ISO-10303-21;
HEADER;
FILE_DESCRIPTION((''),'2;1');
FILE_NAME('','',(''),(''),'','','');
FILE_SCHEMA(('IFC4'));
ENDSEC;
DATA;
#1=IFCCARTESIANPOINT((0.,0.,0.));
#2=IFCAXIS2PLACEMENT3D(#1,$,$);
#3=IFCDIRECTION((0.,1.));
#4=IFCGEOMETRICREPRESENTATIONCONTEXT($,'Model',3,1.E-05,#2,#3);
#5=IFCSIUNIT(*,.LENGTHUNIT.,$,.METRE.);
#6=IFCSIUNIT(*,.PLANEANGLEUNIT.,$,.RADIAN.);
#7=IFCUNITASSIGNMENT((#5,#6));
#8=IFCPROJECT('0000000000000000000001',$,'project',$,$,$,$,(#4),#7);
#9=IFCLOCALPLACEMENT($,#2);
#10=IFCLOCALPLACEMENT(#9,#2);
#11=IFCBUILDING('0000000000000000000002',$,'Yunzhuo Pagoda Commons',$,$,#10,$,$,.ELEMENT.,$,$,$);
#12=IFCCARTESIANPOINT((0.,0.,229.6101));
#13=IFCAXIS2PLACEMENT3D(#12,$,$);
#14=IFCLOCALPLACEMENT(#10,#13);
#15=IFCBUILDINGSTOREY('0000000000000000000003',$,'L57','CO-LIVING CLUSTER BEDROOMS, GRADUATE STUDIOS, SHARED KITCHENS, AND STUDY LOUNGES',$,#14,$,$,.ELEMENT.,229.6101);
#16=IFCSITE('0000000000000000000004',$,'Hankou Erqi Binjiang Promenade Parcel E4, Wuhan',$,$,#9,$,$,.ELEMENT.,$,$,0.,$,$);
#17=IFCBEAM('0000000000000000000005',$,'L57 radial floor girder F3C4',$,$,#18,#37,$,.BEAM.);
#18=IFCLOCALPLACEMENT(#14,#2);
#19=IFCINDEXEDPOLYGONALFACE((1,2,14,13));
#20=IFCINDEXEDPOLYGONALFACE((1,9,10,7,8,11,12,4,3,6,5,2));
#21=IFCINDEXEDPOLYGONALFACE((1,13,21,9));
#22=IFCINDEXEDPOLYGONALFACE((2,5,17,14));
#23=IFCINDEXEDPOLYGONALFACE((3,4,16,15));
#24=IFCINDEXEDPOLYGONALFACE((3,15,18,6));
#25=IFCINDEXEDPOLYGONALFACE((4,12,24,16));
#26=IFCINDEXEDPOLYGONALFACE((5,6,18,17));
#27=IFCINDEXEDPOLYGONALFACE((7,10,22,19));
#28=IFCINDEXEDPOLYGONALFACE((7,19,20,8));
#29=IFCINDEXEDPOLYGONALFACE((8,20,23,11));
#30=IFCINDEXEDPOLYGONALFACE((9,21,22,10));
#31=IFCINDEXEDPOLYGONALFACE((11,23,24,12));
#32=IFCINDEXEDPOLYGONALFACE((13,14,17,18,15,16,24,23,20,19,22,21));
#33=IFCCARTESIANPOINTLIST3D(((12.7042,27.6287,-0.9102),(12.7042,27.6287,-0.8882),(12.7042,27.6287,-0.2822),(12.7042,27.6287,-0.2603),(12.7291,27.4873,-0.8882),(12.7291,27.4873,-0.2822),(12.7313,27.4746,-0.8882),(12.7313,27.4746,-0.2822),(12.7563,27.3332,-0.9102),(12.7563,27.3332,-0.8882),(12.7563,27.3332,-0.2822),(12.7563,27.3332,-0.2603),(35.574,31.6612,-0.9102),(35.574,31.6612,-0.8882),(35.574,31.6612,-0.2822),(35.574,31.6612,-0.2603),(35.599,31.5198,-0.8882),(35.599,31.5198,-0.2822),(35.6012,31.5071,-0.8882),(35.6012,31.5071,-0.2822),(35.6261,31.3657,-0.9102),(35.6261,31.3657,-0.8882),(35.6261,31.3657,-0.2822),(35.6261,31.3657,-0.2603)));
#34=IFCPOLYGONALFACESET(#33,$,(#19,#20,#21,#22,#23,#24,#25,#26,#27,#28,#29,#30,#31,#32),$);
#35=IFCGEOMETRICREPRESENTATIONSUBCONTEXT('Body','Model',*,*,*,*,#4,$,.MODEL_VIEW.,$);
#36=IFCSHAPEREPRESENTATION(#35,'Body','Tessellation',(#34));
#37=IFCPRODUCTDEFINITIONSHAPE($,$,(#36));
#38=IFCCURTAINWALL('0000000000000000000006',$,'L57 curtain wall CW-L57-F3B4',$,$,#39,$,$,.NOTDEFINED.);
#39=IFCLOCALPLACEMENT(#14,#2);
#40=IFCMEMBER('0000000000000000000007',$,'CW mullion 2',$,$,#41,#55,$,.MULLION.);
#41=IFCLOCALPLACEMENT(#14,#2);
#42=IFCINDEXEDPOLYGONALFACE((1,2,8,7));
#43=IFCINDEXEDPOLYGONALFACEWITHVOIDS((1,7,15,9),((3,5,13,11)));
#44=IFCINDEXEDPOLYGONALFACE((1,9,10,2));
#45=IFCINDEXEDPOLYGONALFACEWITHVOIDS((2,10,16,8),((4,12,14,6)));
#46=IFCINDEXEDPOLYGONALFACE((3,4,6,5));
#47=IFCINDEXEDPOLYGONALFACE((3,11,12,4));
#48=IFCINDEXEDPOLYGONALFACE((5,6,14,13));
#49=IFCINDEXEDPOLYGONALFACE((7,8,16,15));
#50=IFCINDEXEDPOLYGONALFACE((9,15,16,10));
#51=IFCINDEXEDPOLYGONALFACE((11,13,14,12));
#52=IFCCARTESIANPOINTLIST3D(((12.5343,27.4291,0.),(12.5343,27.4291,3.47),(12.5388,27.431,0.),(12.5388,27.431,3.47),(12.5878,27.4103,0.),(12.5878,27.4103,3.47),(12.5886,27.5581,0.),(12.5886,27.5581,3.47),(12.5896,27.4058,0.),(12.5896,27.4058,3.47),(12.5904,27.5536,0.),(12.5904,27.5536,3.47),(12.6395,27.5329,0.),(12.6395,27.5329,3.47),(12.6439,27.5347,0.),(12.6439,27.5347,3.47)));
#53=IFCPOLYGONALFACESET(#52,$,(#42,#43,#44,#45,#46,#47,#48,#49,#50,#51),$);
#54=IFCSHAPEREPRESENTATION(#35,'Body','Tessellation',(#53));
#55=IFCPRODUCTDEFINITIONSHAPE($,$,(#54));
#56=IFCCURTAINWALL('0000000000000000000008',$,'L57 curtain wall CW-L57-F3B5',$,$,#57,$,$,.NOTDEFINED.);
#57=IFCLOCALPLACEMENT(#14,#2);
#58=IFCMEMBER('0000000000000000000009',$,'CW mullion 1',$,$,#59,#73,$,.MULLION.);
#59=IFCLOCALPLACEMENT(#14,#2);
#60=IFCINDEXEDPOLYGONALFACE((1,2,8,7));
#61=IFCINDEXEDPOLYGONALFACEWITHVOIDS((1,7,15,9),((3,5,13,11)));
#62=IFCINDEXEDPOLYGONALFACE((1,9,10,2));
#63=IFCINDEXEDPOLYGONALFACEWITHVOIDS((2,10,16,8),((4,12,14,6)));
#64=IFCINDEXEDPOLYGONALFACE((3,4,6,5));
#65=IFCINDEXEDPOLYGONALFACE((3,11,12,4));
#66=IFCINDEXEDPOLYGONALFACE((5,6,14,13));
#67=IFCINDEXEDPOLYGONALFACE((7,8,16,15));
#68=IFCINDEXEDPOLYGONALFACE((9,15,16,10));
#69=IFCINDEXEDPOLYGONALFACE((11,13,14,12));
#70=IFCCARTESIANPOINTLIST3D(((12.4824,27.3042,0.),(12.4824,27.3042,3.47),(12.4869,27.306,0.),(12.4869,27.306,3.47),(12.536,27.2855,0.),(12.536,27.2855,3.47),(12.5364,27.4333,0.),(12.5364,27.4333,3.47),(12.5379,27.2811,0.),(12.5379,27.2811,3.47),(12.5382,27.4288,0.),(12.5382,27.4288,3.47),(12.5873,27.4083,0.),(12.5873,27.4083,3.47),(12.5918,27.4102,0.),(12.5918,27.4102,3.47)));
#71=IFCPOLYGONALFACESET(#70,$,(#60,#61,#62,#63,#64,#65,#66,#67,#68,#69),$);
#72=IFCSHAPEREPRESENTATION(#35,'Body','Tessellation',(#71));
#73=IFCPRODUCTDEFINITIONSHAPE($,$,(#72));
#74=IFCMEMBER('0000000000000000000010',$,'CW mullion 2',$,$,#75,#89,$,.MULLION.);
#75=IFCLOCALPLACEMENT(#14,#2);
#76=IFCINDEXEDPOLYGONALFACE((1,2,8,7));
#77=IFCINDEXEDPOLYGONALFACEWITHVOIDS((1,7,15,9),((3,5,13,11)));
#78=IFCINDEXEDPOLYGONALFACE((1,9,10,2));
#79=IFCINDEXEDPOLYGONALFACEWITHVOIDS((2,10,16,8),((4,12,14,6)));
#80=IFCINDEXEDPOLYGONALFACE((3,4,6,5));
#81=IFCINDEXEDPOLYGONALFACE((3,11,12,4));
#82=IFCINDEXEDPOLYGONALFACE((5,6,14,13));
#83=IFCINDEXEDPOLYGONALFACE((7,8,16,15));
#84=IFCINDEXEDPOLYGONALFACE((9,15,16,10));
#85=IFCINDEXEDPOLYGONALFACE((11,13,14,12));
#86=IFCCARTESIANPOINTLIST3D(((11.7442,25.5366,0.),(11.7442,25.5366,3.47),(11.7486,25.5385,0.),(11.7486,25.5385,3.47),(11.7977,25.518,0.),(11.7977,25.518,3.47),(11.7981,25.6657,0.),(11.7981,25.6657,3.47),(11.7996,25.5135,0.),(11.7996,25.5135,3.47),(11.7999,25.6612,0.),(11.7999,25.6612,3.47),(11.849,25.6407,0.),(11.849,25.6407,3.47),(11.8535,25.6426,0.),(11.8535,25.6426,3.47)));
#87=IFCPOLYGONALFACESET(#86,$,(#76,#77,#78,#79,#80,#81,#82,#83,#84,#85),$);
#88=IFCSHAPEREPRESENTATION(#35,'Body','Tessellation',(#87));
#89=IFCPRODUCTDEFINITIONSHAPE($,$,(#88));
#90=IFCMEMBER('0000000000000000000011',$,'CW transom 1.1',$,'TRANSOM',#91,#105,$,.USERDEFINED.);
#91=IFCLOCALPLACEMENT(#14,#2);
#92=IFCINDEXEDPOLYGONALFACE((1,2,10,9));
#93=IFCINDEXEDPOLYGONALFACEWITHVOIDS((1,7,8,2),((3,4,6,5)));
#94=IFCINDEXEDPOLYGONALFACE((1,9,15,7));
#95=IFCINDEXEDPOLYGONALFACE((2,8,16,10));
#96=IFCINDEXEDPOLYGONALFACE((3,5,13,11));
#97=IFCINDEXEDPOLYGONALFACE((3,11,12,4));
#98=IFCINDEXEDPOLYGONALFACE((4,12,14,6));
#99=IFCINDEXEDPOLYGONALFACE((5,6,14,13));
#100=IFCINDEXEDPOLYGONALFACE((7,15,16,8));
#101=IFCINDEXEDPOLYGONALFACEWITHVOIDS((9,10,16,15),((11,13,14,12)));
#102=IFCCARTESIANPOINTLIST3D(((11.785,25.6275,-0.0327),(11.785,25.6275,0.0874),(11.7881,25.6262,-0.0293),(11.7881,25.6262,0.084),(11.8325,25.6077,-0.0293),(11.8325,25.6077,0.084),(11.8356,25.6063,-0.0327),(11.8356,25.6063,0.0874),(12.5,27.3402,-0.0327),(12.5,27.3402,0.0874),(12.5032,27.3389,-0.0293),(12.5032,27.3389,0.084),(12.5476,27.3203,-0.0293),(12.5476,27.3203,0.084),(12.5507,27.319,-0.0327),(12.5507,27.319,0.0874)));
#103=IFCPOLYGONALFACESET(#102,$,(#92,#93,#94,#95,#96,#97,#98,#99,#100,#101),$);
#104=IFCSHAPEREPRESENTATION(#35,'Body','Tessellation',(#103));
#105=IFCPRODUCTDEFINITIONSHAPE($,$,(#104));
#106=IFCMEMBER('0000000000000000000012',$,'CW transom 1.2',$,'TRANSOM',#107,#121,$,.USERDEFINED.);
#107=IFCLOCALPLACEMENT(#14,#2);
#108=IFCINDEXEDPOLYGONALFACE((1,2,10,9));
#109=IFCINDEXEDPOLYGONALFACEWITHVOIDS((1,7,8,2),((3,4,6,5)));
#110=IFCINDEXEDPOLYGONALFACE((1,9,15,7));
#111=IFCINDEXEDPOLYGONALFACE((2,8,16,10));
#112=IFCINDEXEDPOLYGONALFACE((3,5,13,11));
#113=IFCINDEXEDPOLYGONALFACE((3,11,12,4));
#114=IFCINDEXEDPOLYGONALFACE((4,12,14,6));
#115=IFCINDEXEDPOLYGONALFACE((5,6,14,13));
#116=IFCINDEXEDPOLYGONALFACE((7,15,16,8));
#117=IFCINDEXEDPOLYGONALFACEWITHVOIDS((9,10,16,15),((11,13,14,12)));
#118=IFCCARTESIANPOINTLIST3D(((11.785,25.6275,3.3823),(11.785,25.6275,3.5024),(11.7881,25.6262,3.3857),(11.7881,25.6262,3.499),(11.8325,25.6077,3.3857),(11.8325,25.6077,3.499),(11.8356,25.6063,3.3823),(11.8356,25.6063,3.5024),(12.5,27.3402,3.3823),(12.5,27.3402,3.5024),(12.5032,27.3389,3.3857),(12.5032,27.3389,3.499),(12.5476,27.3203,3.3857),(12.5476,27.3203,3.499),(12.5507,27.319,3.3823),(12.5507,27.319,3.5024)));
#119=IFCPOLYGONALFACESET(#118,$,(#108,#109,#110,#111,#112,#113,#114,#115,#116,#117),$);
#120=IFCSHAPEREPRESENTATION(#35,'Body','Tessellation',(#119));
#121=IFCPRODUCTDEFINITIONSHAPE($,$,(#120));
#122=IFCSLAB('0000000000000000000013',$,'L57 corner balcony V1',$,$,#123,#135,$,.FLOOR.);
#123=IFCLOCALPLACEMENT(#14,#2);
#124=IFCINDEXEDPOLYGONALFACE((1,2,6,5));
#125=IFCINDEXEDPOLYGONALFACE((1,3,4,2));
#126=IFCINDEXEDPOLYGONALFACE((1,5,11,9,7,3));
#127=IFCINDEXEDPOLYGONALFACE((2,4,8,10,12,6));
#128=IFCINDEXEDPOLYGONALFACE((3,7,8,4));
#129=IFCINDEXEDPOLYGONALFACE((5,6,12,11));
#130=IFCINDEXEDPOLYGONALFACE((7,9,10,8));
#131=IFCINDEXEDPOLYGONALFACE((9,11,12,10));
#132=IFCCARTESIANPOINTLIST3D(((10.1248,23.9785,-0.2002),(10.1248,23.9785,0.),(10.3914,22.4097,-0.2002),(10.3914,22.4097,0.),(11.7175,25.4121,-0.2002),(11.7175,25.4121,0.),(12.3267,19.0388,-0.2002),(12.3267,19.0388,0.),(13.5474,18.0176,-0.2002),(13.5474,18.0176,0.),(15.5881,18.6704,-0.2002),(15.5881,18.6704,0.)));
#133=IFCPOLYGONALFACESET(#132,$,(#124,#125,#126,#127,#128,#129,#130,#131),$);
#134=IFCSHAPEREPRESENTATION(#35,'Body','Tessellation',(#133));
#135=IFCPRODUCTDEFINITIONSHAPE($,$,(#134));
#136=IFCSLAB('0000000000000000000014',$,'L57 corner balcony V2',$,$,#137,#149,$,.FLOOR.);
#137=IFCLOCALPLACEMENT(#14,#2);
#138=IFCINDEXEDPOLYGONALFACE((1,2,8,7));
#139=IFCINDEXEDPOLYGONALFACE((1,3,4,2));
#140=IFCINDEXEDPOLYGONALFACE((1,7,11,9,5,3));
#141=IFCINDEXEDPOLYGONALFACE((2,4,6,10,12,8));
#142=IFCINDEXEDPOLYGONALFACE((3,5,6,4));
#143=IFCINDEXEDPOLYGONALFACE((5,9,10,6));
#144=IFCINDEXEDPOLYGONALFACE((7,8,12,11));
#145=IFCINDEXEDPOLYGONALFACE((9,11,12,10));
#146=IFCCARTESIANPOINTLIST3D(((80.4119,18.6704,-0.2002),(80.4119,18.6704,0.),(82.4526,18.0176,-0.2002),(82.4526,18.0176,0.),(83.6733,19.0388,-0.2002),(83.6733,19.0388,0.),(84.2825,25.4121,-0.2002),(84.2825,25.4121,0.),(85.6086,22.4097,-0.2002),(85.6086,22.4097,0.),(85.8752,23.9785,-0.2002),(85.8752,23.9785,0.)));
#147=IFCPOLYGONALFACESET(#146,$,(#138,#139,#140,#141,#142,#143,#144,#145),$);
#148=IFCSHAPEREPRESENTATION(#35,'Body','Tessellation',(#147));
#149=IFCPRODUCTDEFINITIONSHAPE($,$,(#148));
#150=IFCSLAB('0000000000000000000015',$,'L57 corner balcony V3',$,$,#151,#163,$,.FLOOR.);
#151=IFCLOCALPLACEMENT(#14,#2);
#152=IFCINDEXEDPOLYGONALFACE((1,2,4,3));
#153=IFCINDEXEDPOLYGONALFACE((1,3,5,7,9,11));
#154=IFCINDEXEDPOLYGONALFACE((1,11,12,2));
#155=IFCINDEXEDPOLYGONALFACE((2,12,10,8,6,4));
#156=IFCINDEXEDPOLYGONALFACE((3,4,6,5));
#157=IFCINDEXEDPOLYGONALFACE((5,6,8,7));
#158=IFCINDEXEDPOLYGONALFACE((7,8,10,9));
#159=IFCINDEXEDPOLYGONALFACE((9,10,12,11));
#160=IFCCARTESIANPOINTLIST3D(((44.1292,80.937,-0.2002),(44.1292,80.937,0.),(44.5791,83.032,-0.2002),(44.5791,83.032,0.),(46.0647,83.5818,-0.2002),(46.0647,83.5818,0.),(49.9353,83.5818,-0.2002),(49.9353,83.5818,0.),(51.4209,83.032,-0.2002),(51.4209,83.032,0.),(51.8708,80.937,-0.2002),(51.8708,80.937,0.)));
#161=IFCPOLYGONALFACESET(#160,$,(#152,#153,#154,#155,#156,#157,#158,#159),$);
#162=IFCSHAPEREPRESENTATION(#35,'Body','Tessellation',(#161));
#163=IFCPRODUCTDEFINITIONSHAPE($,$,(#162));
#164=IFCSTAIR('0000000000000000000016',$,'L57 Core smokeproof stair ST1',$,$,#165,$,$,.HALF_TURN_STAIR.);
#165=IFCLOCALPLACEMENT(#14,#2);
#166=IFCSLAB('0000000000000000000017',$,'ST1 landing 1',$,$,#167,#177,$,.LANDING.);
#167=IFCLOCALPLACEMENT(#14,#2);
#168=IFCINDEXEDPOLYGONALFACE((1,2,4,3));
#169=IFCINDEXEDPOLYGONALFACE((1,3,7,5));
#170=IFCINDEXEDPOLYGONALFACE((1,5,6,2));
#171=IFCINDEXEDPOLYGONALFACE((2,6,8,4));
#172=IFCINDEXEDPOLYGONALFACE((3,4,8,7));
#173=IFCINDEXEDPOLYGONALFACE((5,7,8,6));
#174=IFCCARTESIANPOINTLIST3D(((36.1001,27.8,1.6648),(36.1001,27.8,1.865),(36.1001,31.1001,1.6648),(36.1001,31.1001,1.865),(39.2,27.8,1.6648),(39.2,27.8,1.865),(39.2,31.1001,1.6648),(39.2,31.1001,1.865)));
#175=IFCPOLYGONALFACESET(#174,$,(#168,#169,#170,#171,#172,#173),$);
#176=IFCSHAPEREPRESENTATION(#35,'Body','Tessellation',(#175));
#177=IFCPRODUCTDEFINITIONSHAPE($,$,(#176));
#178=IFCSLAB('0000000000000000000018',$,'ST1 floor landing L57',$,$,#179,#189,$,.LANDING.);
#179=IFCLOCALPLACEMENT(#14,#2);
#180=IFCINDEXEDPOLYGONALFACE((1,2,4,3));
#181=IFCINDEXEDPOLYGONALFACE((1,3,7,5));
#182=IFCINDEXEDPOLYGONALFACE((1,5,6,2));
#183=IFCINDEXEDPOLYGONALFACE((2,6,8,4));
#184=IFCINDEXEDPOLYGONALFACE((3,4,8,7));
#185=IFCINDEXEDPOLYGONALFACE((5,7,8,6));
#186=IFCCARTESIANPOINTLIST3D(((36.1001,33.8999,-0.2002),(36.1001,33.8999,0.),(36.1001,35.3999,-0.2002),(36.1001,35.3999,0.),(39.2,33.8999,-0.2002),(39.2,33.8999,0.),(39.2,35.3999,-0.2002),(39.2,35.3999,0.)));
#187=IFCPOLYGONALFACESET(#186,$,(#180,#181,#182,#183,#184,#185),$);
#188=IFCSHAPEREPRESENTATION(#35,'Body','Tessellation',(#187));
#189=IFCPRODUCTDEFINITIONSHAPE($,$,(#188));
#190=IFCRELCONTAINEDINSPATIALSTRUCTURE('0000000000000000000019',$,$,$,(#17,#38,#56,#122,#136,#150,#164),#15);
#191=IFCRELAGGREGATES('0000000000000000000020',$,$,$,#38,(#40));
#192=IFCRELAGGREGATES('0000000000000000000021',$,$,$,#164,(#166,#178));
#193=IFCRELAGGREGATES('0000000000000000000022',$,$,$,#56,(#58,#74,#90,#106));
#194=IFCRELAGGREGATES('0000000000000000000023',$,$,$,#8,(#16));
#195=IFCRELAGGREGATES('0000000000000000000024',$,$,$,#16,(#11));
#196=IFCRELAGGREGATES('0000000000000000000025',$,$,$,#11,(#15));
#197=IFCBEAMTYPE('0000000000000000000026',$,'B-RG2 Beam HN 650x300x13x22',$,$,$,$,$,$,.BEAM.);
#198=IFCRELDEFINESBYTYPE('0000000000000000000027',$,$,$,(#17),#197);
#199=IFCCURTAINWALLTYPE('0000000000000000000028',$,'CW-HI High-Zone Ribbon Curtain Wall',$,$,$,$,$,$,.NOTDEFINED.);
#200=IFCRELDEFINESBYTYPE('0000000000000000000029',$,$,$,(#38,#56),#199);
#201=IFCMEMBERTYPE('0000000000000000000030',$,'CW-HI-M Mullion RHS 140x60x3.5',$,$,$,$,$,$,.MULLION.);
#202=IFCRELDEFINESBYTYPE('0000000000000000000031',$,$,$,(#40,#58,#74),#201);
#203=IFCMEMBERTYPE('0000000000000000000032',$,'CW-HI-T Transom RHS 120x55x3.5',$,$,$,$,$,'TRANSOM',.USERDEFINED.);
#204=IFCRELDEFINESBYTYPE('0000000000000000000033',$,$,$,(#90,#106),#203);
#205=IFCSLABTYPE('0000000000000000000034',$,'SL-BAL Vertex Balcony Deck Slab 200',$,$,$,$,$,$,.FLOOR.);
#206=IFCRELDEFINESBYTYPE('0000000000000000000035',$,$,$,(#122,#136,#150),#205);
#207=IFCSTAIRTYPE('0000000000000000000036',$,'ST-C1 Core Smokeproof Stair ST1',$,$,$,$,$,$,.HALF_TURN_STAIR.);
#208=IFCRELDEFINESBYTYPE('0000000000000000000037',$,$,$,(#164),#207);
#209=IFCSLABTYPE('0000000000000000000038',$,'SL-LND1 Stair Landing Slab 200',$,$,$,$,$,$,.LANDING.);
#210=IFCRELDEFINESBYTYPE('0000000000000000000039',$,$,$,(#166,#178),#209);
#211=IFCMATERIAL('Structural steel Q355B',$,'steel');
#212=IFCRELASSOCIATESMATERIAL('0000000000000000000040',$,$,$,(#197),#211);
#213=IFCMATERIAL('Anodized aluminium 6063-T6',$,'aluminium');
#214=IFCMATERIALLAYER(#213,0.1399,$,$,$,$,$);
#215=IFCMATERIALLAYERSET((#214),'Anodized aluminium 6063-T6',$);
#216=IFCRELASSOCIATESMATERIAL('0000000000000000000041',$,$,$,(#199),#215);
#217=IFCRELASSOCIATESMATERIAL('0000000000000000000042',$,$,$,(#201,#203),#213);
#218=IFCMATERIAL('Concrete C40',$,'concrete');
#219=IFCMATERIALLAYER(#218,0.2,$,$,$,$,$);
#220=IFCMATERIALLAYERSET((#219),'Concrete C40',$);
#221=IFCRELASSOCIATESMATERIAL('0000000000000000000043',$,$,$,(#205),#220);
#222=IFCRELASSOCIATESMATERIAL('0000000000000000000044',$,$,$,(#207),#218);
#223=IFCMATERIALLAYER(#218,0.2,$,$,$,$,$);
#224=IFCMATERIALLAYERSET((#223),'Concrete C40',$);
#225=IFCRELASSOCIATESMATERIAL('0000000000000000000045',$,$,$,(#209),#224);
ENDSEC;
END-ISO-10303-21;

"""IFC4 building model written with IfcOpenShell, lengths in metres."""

from ifc_helpers import new_model, si_unit, direction, frame, origin, origin_2d, place, context, subcontext, project, spatial, polyline, hollow_rectangle, i_section, outline, extrude, source, transform, mapped, material, layer, layer_set, material_profile, profile_set, type_object, element, aggregate, save


model = new_model("IFC4")

# Units and contexts
model_context = context("Model", 3, precision=1e-05, world=origin(), true_north=direction((0.0, 1.0)))
body_context = subcontext(model_context, "Body", "Model", "MODEL_VIEW")
ifc_project = project(units=[si_unit("LENGTHUNIT", "METRE"), si_unit("PLANEANGLEUNIT", "RADIAN")], contexts=[model_context])

# Site, building, storey
site_placement = place(None, origin())
site = spatial("IfcSite", under=ifc_project, at=site_placement, Name="Hankou Erqi Binjiang Promenade Parcel E4, Wuhan", CompositionType="ELEMENT", RefElevation=0.0)
building_placement = place(site_placement, origin())
building = spatial("IfcBuilding", under=site, at=building_placement, Name="Yunzhuo Pagoda Commons", CompositionType="ELEMENT")
storey_placement = place(building_placement, frame((0.0, 0.0, 229.6101)))
storey = spatial("IfcBuildingStorey", under=building, at=storey_placement, Name="L57", Description="CO-LIVING CLUSTER BEDROOMS, GRADUATE STUDIOS, SHARED KITCHENS, AND STUDY LOUNGES", CompositionType="ELEMENT", Elevation=229.6101)

# Beam
ifc_material_1 = material(Name="Structural steel Q355B", Category="steel")
ifc_material_profile_1 = material_profile(ifc_material_1, i_section(OverallWidth=0.3, OverallDepth=0.6499, WebThickness=0.0129, FlangeThickness=0.022, at=origin_2d()), Name="Structural steel Q355B")
ifc_profile_set_1 = profile_set([ifc_material_profile_1], Name="Structural steel Q355B")
beam_type = type_object("IfcBeamType", Name="B-RG2 Beam HN 650x300x13x22", PredefinedType="BEAM", material=ifc_profile_set_1)
shared_shape_1 = source(origin(), body_context, "Body", "SweptSolid", [
    extrude(i_section(OverallWidth=0.3, OverallDepth=0.6499, WebThickness=0.0129, FlangeThickness=0.022, at=origin_2d()), origin(), (0.0, 0.0, 1.0), 23.2227),
])
beam_placement = place(storey_placement, frame((12.7302, 27.481, -0.5852), z_axis=(0.984809, 0.173644, 0.0), x_axis=(-0.173644, 0.984809, 0.0)))
element("IfcBeam", 1, at=beam_placement, inside=storey, type_object=beam_type, Name="L57 radial floor girder F3C4", PredefinedType="BEAM", context=body_context, shape_type="MappedRepresentation", body=[
    mapped(shared_shape_1, transform((0.0, 0.0, 0.0), scale=1.0)),
])

# Curtain wall, member
ifc_material_2 = material(Name="Anodized aluminium 6063-T6", Category="aluminium")
ifc_layer_1 = layer(ifc_material_2, 0.1399)
ifc_layer_set_1 = layer_set([ifc_layer_1], Name="Anodized aluminium 6063-T6")
curtain_wall_type = type_object("IfcCurtainWallType", Name="CW-HI High-Zone Ribbon Curtain Wall", PredefinedType="NOTDEFINED", material=ifc_layer_set_1)
curtain_wall_1_placement = place(storey_placement, origin())
curtain_wall_1 = element("IfcCurtainWall", 2, at=curtain_wall_1_placement, inside=storey, type_object=curtain_wall_type, Name="L57 curtain wall CW-L57-F3B4", PredefinedType="NOTDEFINED")
ifc_material_profile_2 = material_profile(ifc_material_2, hollow_rectangle(XDim=0.0601, YDim=0.1399, WallThickness=0.0034, at=origin_2d()), Name="Anodized aluminium 6063-T6")
ifc_profile_set_2 = profile_set([ifc_material_profile_2], Name="Anodized aluminium 6063-T6")
member_type_1 = type_object("IfcMemberType", Name="CW-HI-M Mullion RHS 140x60x3.5", PredefinedType="MULLION", material=ifc_profile_set_2)
shared_shape_2 = source(origin(), body_context, "Body", "SweptSolid", [
    extrude(hollow_rectangle(XDim=0.0601, YDim=0.1399, WallThickness=0.0034, at=origin_2d()), origin(), (0.0, 0.0, 1.0), 3.47),
])
member_1_placement = place(storey_placement, frame((12.5891, 27.4819, 0.0), z_axis=(0.0, 0.0, 1.0), x_axis=(0.921589, -0.388167, 0.0)))
member_1 = element("IfcMember", 3, at=member_1_placement, type_object=member_type_1, Name="CW mullion 2", PredefinedType="MULLION", context=body_context, shape_type="MappedRepresentation", body=[
    mapped(shared_shape_2, transform((0.0, 0.0, 0.0), scale=1.0)),
])
aggregate(curtain_wall_1, [member_1])

# Curtain wall, members
curtain_wall_2_placement = place(storey_placement, origin())
curtain_wall_2 = element("IfcCurtainWall", 4, at=curtain_wall_2_placement, inside=storey, type_object=curtain_wall_type, Name="L57 curtain wall CW-L57-F3B5", PredefinedType="NOTDEFINED")
member_2_placement = place(storey_placement, frame((12.5371, 27.3572, 0.0), z_axis=(0.0, 0.0, 1.0), x_axis=(0.922773, -0.385345, 0.0)))
member_2 = element("IfcMember", 5, at=member_2_placement, type_object=member_type_1, Name="CW mullion 1", PredefinedType="MULLION", context=body_context, shape_type="MappedRepresentation", body=[
    mapped(shared_shape_2, transform((0.0, 0.0, 0.0), scale=1.0)),
])
member_3_placement = place(storey_placement, frame((11.7988, 25.5896, 0.0), z_axis=(0.0, 0.0, 1.0), x_axis=(0.922773, -0.385345, 0.0)))
member_3 = element("IfcMember", 6, at=member_3_placement, type_object=member_type_1, Name="CW mullion 2", PredefinedType="MULLION", context=body_context, shape_type="MappedRepresentation", body=[
    mapped(shared_shape_2, transform((0.0, 0.0, 0.0), scale=1.0)),
])
ifc_material_profile_3 = material_profile(ifc_material_2, hollow_rectangle(XDim=0.0549, YDim=0.1201, WallThickness=0.0034, at=origin_2d()), Name="Anodized aluminium 6063-T6")
ifc_profile_set_3 = profile_set([ifc_material_profile_3], Name="Anodized aluminium 6063-T6")
member_type_2 = type_object("IfcMemberType", Name="CW-HI-T Transom RHS 120x55x3.5", ElementType="TRANSOM", PredefinedType="USERDEFINED", material=ifc_profile_set_3)
shared_shape_3 = source(origin(), body_context, "Body", "SweptSolid", [
    extrude(hollow_rectangle(XDim=0.0549, YDim=0.1201, WallThickness=0.0034, at=origin_2d()), origin(), (0.0, 0.0, 1.0), 1.856),
])
member_4_placement = place(storey_placement, frame((12.5254, 27.3296, 0.0273), z_axis=(-0.385297, -0.922793, 0.0), x_axis=(0.922793, -0.385297, 0.0)))
member_4 = element("IfcMember", 7, at=member_4_placement, type_object=member_type_2, Name="CW transom 1.1", ObjectType="TRANSOM", PredefinedType="USERDEFINED", context=body_context, shape_type="MappedRepresentation", body=[
    mapped(shared_shape_3, transform((0.0, 0.0, 0.0), scale=1.0)),
])
member_5_placement = place(storey_placement, frame((12.5254, 27.3296, 3.4424), z_axis=(-0.385297, -0.922793, 0.0), x_axis=(0.922793, -0.385297, 0.0)))
member_5 = element("IfcMember", 8, at=member_5_placement, type_object=member_type_2, Name="CW transom 1.2", ObjectType="TRANSOM", PredefinedType="USERDEFINED", context=body_context, shape_type="MappedRepresentation", body=[
    mapped(shared_shape_3, transform((0.0, 0.0, 0.0), scale=1.0)),
])

# Slabs
ifc_material_3 = material(Name="Concrete C40", Category="concrete")
ifc_layer_2 = layer(ifc_material_3, 0.2)
ifc_layer_set_2 = layer_set([ifc_layer_2], Name="Concrete C40")
slab_type_1 = type_object("IfcSlabType", Name="SL-BAL Vertex Balcony Deck Slab 200", PredefinedType="FLOOR", material=ifc_layer_set_2)
slab_1_placement = place(storey_placement, frame((0.0, 0.0, -0.2002)))
element("IfcSlab", 9, at=slab_1_placement, inside=storey, type_object=slab_type_1, Name="L57 corner balcony V1", PredefinedType="FLOOR", context=body_context, shape_type="SweptSolid", body=[
    extrude(outline(polyline([(11.7175, 25.4121), (15.5881, 18.6704), (13.5474, 18.0176), (12.3267, 19.0388), (10.3914, 22.4097), (10.1248, 23.9785), (11.7175, 25.4121)])), origin(), (0.0, 0.0, 1.0), 0.2002),
])
slab_2_placement = place(storey_placement, frame((0.0, 0.0, -0.2002)))
element("IfcSlab", 10, at=slab_2_placement, inside=storey, type_object=slab_type_1, Name="L57 corner balcony V2", PredefinedType="FLOOR", context=body_context, shape_type="SweptSolid", body=[
    extrude(outline(polyline([(80.4119, 18.6704), (84.2825, 25.4121), (85.8752, 23.9785), (85.6086, 22.4097), (83.6733, 19.0388), (82.4526, 18.0176), (80.4119, 18.6704)])), origin(), (0.0, 0.0, 1.0), 0.2002),
])
slab_3_placement = place(storey_placement, frame((0.0, 0.0, -0.2002)))
element("IfcSlab", 11, at=slab_3_placement, inside=storey, type_object=slab_type_1, Name="L57 corner balcony V3", PredefinedType="FLOOR", context=body_context, shape_type="SweptSolid", body=[
    extrude(outline(polyline([(51.8708, 80.937), (44.1292, 80.937), (44.5791, 83.032), (46.0647, 83.5818), (49.9353, 83.5818), (51.4209, 83.032), (51.8708, 80.937)])), origin(), (0.0, 0.0, 1.0), 0.2002),
])

# Stair, slabs
stair_type_1 = type_object("IfcStairType", Name="ST-C1 Core Smokeproof Stair ST1", PredefinedType="HALF_TURN_STAIR", material=ifc_material_3)
stair_1_placement = place(storey_placement, origin())
stair_1 = element("IfcStair", 12, at=stair_1_placement, inside=storey, type_object=stair_type_1, Name="L57 Core smokeproof stair ST1", PredefinedType="HALF_TURN_STAIR")
ifc_layer_3 = layer(ifc_material_3, 0.2)
ifc_layer_set_3 = layer_set([ifc_layer_3], Name="Concrete C40")
slab_type_2 = type_object("IfcSlabType", Name="SL-LND1 Stair Landing Slab 200", PredefinedType="LANDING", material=ifc_layer_set_3)
slab_4_placement = place(storey_placement, frame((0.0, 0.0, 1.6648)))
slab_4 = element("IfcSlab", 13, at=slab_4_placement, type_object=slab_type_2, Name="ST1 landing 1", PredefinedType="LANDING", context=body_context, shape_type="SweptSolid", body=[
    extrude(outline(polyline([(36.1001, 31.1001), (36.1001, 27.8), (39.2, 27.8), (39.2, 31.1001), (36.1001, 31.1001)])), origin(), (0.0, 0.0, 1.0), 0.2002),
])
slab_5_placement = place(storey_placement, frame((0.0, 0.0, -0.2002)))
slab_5 = element("IfcSlab", 14, at=slab_5_placement, type_object=slab_type_2, Name="ST1 floor landing L57", PredefinedType="LANDING", context=body_context, shape_type="SweptSolid", body=[
    extrude(outline(polyline([(36.1001, 35.3999), (36.1001, 33.8999), (39.2, 33.8999), (39.2, 35.3999), (36.1001, 35.3999)])), origin(), (0.0, 0.0, 1.0), 0.2002),
])
aggregate(stair_1, [slab_4, slab_5])

aggregate(curtain_wall_2, [member_2, member_3, member_4, member_5])

save(model, "model.ifc")
